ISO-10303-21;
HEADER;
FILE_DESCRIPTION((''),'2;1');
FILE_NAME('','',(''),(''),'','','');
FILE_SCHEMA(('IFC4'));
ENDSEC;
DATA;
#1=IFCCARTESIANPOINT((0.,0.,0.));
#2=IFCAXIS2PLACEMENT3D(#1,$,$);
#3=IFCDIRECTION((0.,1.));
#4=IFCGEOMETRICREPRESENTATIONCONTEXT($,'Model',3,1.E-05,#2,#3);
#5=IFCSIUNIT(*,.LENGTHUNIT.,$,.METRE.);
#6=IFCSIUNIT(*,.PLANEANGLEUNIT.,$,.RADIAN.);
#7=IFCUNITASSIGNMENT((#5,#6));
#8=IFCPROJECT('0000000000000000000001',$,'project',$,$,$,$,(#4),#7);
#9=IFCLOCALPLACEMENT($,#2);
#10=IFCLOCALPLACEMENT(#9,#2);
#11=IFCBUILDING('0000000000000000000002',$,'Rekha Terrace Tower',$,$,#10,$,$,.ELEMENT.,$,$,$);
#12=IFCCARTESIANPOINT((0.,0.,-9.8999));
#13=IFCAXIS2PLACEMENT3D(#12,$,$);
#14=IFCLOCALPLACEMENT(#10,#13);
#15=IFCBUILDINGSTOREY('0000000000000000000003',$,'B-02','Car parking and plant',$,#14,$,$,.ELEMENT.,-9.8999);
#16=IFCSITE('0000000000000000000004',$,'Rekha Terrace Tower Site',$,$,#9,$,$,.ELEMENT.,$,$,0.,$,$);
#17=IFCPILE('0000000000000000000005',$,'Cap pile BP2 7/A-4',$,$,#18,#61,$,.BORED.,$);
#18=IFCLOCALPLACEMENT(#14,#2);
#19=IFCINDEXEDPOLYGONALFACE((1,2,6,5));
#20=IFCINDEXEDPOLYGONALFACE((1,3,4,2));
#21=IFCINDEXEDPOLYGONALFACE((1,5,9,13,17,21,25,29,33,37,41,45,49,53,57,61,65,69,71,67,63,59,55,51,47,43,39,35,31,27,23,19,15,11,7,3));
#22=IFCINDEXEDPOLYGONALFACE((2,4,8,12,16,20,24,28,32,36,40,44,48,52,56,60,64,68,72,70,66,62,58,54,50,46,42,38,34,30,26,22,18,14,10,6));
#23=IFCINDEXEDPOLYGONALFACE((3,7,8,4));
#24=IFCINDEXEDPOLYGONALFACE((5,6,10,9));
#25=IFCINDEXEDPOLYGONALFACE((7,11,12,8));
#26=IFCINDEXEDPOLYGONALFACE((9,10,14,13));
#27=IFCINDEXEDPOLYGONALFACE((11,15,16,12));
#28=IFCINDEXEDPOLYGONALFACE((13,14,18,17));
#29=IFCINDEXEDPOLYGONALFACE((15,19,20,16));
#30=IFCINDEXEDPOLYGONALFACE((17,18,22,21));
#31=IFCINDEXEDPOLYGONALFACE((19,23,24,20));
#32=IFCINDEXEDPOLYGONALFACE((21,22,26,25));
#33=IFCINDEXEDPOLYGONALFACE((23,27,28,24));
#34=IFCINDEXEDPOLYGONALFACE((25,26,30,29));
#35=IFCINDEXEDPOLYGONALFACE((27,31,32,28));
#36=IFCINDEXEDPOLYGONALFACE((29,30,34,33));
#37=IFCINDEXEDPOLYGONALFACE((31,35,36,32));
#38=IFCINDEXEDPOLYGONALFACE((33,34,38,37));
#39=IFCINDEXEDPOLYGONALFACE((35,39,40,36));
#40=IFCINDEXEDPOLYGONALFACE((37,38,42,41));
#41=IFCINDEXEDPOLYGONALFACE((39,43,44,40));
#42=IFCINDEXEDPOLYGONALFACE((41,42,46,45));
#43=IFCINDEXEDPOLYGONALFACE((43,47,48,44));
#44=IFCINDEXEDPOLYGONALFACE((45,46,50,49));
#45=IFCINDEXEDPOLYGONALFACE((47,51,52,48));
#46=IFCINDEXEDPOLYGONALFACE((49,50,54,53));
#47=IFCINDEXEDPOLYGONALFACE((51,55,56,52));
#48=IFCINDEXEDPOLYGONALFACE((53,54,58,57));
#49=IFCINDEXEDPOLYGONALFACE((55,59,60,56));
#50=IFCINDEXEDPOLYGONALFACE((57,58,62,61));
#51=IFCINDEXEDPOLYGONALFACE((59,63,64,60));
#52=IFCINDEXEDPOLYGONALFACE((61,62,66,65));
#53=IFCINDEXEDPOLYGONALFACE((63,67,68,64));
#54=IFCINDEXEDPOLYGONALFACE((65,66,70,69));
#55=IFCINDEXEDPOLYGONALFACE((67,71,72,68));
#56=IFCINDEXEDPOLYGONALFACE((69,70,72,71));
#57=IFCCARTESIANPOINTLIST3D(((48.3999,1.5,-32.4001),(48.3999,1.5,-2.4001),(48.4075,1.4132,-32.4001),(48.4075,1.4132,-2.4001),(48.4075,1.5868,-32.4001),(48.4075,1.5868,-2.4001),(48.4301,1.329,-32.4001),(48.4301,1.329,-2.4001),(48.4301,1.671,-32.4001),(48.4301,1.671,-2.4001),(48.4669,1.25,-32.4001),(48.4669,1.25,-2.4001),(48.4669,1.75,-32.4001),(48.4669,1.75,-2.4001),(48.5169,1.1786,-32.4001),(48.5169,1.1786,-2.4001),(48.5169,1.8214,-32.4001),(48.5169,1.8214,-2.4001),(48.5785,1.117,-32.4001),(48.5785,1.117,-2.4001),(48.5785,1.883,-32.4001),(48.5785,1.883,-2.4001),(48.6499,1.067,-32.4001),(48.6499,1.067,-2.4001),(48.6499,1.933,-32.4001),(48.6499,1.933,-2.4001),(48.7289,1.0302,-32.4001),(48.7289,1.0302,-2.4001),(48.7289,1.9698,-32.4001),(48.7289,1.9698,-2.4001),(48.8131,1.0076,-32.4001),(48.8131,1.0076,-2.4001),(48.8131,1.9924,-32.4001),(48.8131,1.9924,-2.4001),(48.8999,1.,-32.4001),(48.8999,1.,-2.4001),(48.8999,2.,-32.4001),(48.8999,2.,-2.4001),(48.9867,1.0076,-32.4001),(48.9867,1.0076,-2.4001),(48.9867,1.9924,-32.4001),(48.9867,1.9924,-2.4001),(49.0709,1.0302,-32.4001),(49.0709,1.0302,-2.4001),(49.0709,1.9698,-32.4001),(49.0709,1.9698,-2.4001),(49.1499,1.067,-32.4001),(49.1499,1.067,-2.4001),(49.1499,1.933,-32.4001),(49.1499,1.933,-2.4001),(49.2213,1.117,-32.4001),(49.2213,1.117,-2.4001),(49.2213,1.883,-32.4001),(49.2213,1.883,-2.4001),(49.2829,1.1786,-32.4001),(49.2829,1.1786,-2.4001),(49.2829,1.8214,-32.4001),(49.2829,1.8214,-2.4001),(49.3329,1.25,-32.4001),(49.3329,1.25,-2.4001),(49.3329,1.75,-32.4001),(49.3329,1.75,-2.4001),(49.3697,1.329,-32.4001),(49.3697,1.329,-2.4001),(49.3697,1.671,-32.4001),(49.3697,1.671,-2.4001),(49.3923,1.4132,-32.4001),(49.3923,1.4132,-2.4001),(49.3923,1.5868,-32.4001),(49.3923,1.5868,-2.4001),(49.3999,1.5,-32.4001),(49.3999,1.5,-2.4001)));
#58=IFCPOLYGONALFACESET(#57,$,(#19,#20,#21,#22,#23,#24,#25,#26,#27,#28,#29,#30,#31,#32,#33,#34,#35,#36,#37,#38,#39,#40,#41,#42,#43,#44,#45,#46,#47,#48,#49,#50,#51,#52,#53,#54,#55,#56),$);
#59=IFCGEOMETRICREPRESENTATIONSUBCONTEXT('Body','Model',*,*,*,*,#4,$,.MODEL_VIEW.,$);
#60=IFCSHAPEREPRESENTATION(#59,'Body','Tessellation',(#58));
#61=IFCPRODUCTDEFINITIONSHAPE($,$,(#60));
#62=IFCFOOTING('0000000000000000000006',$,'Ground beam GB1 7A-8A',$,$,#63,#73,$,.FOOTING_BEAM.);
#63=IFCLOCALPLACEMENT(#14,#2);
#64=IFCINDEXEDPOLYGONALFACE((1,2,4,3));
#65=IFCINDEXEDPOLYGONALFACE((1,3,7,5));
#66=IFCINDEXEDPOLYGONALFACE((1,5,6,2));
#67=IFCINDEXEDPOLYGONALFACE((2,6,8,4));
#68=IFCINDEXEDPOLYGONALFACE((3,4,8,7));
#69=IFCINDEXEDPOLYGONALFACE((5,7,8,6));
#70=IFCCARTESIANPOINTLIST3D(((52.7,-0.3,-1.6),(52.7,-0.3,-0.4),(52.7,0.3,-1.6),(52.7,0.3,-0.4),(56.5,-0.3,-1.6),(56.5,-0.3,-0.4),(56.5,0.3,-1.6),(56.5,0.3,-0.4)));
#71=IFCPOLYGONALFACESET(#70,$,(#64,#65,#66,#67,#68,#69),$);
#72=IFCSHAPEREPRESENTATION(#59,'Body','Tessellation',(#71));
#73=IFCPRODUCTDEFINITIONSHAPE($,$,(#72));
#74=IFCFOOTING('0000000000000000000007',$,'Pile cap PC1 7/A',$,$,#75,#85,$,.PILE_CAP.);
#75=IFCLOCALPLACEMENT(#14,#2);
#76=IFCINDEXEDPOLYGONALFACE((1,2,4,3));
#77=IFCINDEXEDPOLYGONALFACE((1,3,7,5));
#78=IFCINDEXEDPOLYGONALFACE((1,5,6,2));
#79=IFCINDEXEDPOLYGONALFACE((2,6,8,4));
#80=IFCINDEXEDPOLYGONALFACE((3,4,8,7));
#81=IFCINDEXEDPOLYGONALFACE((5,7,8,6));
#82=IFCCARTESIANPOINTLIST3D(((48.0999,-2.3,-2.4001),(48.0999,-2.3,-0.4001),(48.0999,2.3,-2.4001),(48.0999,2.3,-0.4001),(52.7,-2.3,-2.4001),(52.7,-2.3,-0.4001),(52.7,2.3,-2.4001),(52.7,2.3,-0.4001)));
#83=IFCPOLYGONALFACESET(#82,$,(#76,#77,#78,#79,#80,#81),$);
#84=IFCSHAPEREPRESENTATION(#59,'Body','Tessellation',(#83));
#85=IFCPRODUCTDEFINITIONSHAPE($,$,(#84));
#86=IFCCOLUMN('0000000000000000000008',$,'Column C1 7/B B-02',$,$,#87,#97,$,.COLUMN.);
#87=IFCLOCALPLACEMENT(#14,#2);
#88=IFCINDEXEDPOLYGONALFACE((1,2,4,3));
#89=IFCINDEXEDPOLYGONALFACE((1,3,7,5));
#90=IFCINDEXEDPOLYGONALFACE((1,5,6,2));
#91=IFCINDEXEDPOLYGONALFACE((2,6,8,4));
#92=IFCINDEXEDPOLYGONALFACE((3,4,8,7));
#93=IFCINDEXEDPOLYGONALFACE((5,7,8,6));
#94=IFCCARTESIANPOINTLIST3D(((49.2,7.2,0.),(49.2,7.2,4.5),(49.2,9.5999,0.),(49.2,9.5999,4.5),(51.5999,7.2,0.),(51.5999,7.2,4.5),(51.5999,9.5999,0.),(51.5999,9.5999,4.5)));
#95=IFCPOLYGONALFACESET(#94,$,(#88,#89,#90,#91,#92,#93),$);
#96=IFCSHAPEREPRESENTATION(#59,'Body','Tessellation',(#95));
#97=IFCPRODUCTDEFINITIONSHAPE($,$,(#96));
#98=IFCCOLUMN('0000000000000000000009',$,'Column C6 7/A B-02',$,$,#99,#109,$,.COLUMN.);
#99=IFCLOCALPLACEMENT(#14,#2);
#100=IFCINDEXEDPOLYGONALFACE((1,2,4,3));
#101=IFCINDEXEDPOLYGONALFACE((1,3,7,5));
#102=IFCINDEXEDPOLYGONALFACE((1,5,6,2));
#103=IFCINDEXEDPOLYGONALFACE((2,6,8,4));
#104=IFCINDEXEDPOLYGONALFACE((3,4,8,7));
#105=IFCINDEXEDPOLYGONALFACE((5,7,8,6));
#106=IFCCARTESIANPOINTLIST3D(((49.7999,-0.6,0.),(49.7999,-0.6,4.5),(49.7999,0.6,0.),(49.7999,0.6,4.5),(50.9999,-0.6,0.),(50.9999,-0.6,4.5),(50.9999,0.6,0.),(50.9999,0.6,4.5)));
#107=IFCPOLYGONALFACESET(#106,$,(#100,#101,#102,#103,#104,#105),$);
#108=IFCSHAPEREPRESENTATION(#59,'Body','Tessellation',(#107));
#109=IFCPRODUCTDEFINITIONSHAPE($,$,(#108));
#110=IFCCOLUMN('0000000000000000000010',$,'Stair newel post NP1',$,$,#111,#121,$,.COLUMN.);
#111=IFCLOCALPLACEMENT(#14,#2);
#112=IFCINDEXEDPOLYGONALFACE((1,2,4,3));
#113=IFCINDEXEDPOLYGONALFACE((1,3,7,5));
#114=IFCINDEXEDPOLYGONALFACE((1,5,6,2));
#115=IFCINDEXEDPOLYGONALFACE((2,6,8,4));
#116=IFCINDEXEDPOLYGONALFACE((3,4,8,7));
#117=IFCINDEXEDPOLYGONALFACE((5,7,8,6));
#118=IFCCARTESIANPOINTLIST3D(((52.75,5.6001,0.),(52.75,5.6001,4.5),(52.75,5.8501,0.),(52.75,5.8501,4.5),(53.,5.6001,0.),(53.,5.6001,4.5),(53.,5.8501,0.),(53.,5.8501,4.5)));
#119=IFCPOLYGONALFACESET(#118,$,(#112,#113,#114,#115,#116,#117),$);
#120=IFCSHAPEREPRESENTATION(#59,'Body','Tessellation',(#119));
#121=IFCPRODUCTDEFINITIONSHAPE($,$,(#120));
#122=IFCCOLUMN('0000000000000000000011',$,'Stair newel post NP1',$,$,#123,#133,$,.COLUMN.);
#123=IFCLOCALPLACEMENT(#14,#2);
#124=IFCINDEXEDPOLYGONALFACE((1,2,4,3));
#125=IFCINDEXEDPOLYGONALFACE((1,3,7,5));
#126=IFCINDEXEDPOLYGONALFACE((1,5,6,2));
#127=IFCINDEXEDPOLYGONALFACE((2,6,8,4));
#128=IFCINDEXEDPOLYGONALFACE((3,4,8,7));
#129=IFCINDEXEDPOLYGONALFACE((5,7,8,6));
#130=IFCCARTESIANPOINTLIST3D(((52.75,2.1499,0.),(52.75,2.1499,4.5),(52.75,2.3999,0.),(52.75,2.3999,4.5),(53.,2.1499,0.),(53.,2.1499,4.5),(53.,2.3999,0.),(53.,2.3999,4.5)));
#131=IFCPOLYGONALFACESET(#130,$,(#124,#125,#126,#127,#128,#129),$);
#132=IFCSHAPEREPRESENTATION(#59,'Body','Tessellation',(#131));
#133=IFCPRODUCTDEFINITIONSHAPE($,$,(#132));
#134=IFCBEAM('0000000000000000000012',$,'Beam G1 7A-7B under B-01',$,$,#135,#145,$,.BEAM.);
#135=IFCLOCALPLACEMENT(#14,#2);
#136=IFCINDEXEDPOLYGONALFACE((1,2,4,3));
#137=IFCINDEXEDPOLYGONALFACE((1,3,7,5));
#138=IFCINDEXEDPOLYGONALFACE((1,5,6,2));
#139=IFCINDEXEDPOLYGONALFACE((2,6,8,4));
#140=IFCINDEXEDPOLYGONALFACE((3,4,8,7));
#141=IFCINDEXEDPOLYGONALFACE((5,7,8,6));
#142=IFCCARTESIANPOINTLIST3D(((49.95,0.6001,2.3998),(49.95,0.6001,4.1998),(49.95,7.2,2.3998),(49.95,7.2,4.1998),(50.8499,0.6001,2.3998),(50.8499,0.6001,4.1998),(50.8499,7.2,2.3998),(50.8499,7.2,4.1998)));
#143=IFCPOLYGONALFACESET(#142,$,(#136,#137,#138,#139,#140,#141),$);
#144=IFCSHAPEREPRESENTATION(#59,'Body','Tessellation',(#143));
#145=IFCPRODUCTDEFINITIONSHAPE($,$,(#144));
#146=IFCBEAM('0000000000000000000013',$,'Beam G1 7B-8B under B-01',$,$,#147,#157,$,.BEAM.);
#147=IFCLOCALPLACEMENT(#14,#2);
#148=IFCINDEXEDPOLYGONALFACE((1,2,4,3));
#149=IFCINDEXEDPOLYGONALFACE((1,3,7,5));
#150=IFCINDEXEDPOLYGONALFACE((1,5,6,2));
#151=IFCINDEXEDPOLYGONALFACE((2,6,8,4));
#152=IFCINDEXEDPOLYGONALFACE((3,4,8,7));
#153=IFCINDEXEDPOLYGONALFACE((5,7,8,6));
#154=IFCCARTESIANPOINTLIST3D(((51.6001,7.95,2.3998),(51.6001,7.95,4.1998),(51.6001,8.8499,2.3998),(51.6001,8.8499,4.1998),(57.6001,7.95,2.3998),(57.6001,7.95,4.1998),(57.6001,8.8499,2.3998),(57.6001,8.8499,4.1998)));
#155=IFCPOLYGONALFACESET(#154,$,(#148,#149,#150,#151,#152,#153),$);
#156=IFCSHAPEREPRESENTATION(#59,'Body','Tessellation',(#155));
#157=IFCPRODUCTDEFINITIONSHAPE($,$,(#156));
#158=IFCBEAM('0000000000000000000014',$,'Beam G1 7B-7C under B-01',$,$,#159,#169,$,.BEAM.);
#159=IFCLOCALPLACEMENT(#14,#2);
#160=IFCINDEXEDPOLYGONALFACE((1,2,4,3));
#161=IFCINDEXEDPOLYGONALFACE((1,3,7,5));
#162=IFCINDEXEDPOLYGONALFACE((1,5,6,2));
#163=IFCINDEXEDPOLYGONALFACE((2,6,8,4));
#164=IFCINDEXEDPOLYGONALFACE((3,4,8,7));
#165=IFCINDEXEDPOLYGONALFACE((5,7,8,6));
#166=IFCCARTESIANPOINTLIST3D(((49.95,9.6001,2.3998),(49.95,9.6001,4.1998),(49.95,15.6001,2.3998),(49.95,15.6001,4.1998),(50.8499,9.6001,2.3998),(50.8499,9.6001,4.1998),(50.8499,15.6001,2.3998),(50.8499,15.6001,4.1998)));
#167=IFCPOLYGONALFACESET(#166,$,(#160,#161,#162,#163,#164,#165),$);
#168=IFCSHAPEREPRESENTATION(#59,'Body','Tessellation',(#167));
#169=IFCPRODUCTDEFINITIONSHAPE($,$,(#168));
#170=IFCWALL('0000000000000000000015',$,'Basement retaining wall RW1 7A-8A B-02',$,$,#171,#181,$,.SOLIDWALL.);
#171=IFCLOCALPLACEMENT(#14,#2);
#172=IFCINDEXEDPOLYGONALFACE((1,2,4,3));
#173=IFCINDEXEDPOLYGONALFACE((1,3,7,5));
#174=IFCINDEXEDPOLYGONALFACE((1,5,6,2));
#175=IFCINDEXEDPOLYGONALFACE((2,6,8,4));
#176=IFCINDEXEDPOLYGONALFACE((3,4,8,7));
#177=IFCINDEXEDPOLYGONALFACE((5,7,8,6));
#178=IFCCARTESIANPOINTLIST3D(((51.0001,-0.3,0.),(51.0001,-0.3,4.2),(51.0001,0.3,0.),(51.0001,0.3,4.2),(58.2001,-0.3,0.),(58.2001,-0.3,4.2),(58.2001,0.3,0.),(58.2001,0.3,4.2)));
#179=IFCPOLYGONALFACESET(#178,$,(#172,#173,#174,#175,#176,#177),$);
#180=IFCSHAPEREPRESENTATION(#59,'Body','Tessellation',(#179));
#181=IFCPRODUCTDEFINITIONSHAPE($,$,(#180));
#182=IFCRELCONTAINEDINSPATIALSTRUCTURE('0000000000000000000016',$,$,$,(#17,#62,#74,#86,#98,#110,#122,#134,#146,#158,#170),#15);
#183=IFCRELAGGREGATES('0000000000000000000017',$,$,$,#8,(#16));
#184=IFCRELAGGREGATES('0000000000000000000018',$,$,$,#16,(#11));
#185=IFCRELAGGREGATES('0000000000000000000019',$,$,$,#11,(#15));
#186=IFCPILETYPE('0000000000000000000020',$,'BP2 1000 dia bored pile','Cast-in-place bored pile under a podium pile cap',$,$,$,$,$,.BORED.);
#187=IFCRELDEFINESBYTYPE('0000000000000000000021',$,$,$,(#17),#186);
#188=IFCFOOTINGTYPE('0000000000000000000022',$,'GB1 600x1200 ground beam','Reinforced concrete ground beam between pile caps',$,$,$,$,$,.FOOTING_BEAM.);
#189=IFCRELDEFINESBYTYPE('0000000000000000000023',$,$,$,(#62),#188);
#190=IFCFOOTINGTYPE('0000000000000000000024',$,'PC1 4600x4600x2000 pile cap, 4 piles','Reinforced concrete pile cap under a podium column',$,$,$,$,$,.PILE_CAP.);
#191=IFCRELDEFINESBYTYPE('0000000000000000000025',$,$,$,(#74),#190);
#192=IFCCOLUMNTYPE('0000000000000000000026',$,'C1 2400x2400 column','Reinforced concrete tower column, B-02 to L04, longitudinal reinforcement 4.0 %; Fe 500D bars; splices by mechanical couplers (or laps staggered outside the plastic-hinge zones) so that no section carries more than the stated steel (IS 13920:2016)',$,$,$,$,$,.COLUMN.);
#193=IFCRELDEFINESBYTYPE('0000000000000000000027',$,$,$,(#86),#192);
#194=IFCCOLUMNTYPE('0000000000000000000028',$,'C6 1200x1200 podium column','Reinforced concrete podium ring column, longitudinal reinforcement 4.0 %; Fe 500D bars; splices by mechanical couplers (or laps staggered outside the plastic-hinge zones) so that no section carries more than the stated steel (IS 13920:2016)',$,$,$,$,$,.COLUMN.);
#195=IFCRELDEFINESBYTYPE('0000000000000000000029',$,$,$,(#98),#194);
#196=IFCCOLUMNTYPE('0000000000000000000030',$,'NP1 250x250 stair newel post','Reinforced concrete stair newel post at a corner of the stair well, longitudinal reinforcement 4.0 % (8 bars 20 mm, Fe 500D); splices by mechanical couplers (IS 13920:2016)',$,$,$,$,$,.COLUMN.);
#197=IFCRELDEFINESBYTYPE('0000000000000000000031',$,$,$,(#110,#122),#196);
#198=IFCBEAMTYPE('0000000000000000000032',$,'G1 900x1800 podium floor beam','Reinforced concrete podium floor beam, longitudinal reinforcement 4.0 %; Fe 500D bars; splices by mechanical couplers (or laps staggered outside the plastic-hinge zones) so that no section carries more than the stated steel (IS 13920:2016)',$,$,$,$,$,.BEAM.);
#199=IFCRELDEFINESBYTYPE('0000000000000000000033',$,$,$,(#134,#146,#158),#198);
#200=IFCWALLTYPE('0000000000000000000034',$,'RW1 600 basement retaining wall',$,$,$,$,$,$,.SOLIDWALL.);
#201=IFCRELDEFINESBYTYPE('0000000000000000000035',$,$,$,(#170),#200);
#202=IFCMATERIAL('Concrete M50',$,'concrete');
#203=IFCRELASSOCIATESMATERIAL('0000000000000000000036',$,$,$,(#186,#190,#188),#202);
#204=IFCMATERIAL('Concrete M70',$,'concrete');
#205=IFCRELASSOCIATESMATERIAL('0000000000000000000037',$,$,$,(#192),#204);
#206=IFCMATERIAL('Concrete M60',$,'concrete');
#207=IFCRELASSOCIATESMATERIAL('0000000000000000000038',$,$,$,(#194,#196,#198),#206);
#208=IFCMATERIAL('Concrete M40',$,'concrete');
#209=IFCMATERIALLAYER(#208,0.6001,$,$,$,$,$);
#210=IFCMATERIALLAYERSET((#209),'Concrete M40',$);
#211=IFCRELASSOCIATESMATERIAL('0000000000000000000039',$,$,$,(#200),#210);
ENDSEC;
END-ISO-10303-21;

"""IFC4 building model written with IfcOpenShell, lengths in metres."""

from ifc_helpers import new_model, si_unit, direction, frame, frame_2d, origin, origin_2d, place, context, subcontext, project, spatial, rectangle, circle, extrude, material, layer, layer_set, material_profile, profile_set, type_object, element, save


model = new_model("IFC4")

# Units and contexts
model_context = context("Model", 3, precision=1e-05, world=origin(), true_north=direction((0.0, 1.0)))
body_context = subcontext(model_context, "Body", "Model", "MODEL_VIEW")
ifc_project = project(units=[si_unit("LENGTHUNIT", "METRE"), si_unit("PLANEANGLEUNIT", "RADIAN")], contexts=[model_context])

# Site, building, storey
site_placement = place(None, origin())
site = spatial("IfcSite", under=ifc_project, at=site_placement, Name="Rekha Terrace Tower Site", CompositionType="ELEMENT", RefElevation=0.0)
building_placement = place(site_placement, origin())
building = spatial("IfcBuilding", under=site, at=building_placement, Name="Rekha Terrace Tower", CompositionType="ELEMENT")
storey_placement = place(building_placement, frame((0.0, 0.0, -9.8999)))
storey = spatial("IfcBuildingStorey", under=building, at=storey_placement, Name="B-02", Description="Car parking and plant", CompositionType="ELEMENT", Elevation=-9.8999)

# Pile
ifc_material_1 = material(Name="Concrete M50", Category="concrete")
pile_type_1 = type_object("IfcPileType", Name="BP2 1000 dia bored pile", Description="Cast-in-place bored pile under a podium pile cap", PredefinedType="BORED", material=ifc_material_1)
for number, where, z_axis, x_axis, name in (
    (1, (48.8999, 1.5, -2.4001), (0.0, 0.0, -1.0), (1.0, 0.0, 0.0), "Cap pile BP2 7/A-4"),
):
    element("IfcPile", number, at=place(storey_placement, frame(where, z_axis=z_axis, x_axis=x_axis)), inside=storey, type_object=pile_type_1, Name=name, PredefinedType="BORED", context=body_context, shape_type="SweptSolid", body=[
        extrude(circle(Radius=0.5, at=origin_2d()), origin(), (0.0, 0.0, 1.0), 30.0),
    ])

# Footings
ifc_material_profile_1 = material_profile(ifc_material_1, rectangle(XDim=0.6001, YDim=1.2, at=origin_2d()), Name="RC 600x1200")
ifc_profile_set_1 = profile_set([ifc_material_profile_1], Name="Concrete M50")
footing_type_1 = type_object("IfcFootingType", Name="GB1 600x1200 ground beam", Description="Reinforced concrete ground beam between pile caps", PredefinedType="FOOTING_BEAM", material=ifc_profile_set_1)
footing_1_placement = place(storey_placement, frame((52.7, 0.0, -1.0), z_axis=(1.0, 0.0, 0.0), x_axis=(0.0, 1.0, 0.0)))
element("IfcFooting", 2, at=footing_1_placement, inside=storey, type_object=footing_type_1, Name="Ground beam GB1 7A-8A", PredefinedType="FOOTING_BEAM", context=body_context, shape_type="SweptSolid", body=[
    extrude(rectangle(XDim=0.6001, YDim=1.2, at=origin_2d()), origin(), (0.0, 0.0, 1.0), 3.8),
])
footing_type_2 = type_object("IfcFootingType", Name="PC1 4600x4600x2000 pile cap, 4 piles", Description="Reinforced concrete pile cap under a podium column", PredefinedType="PILE_CAP", material=ifc_material_1)
footing_2_placement = place(storey_placement, frame((50.3999, 0.0, -2.4001), z_axis=(0.0, 0.0, 1.0), x_axis=(1.0, 0.0, 0.0)))
element("IfcFooting", 3, at=footing_2_placement, inside=storey, type_object=footing_type_2, Name="Pile cap PC1 7/A", PredefinedType="PILE_CAP", context=body_context, shape_type="SweptSolid", body=[
    extrude(rectangle(XDim=4.6001, YDim=4.6001, at=origin_2d()), origin(), (0.0, 0.0, 1.0), 2.0),
])

# Columns
ifc_material_2 = material(Name="Concrete M70", Category="concrete")
ifc_material_profile_2 = material_profile(ifc_material_2, rectangle(XDim=2.3999, YDim=2.3999, at=origin_2d()), Name="RC 2400x2400")
ifc_profile_set_2 = profile_set([ifc_material_profile_2], Name="Concrete M70")
column_type_1 = type_object("IfcColumnType", Name="C1 2400x2400 column", Description="Reinforced concrete tower column, B-02 to L04, longitudinal reinforcement 4.0 %; Fe 500D bars; splices by mechanical couplers (or laps staggered outside the plastic-hinge zones) so that no section carries more than the stated steel (IS 13920:2016)", PredefinedType="COLUMN", material=ifc_profile_set_2)
column_1_placement = place(storey_placement, frame((50.3999, 8.3999, 0.0), z_axis=(0.0, 0.0, 1.0), x_axis=(1.0, 0.0, 0.0)))
element("IfcColumn", 4, at=column_1_placement, inside=storey, type_object=column_type_1, Name="Column C1 7/B B-02", PredefinedType="COLUMN", context=body_context, shape_type="SweptSolid", body=[
    extrude(rectangle(XDim=2.3999, YDim=2.3999, at=origin_2d()), origin(), (0.0, 0.0, 1.0), 4.5),
])
ifc_material_3 = material(Name="Concrete M60", Category="concrete")
ifc_material_profile_3 = material_profile(ifc_material_3, rectangle(XDim=1.2, YDim=1.2, at=origin_2d()), Name="RC 1200x1200")
ifc_profile_set_3 = profile_set([ifc_material_profile_3], Name="Concrete M60")
column_type_2 = type_object("IfcColumnType", Name="C6 1200x1200 podium column", Description="Reinforced concrete podium ring column, longitudinal reinforcement 4.0 %; Fe 500D bars; splices by mechanical couplers (or laps staggered outside the plastic-hinge zones) so that no section carries more than the stated steel (IS 13920:2016)", PredefinedType="COLUMN", material=ifc_profile_set_3)
column_2_placement = place(storey_placement, frame((50.3999, 0.0, 0.0), z_axis=(0.0, 0.0, 1.0), x_axis=(1.0, 0.0, 0.0)))
element("IfcColumn", 5, at=column_2_placement, inside=storey, type_object=column_type_2, Name="Column C6 7/A B-02", PredefinedType="COLUMN", context=body_context, shape_type="SweptSolid", body=[
    extrude(rectangle(XDim=1.2, YDim=1.2, at=origin_2d()), origin(), (0.0, 0.0, 1.0), 4.5),
])
ifc_material_profile_4 = material_profile(ifc_material_3, rectangle(XDim=0.25, YDim=0.25, at=origin_2d()), Name="RC 250x250")
ifc_profile_set_4 = profile_set([ifc_material_profile_4], Name="Concrete M60")
column_type_3 = type_object("IfcColumnType", Name="NP1 250x250 stair newel post", Description="Reinforced concrete stair newel post at a corner of the stair well, longitudinal reinforcement 4.0 % (8 bars 20 mm, Fe 500D); splices by mechanical couplers (IS 13920:2016)", PredefinedType="COLUMN", material=ifc_profile_set_4)
for number, where, z_axis, x_axis, name in (
    (6, (52.875, 5.7251, 0.0), (0.0, 0.0, 1.0), (1.0, 0.0, 0.0), "Stair newel post NP1"),
    (7, (52.875, 2.2749, 0.0), (0.0, 0.0, 1.0), (1.0, 0.0, 0.0), "Stair newel post NP1"),
):
    element("IfcColumn", number, at=place(storey_placement, frame(where, z_axis=z_axis, x_axis=x_axis)), inside=storey, type_object=column_type_3, Name=name, PredefinedType="COLUMN", context=body_context, shape_type="SweptSolid", body=[
        extrude(rectangle(XDim=0.25, YDim=0.25, at=origin_2d()), origin(), (0.0, 0.0, 1.0), 4.5),
    ])

# Beams
ifc_material_profile_5 = material_profile(ifc_material_3, rectangle(XDim=0.8999, YDim=1.8, at=origin_2d()), Name="RC 900x1800")
ifc_profile_set_5 = profile_set([ifc_material_profile_5], Name="Concrete M60")
beam_type = type_object("IfcBeamType", Name="G1 900x1800 podium floor beam", Description="Reinforced concrete podium floor beam, longitudinal reinforcement 4.0 %; Fe 500D bars; splices by mechanical couplers (or laps staggered outside the plastic-hinge zones) so that no section carries more than the stated steel (IS 13920:2016)", PredefinedType="BEAM", material=ifc_profile_set_5)
beam_placement = place(storey_placement, frame((50.3999, 0.6001, 3.2998), z_axis=(0.0, 1.0, 0.0), x_axis=(-1.0, 0.0, 0.0)))
element("IfcBeam", 8, at=beam_placement, inside=storey, type_object=beam_type, Name="Beam G1 7A-7B under B-01", PredefinedType="BEAM", context=body_context, shape_type="SweptSolid", body=[
    extrude(rectangle(XDim=0.8999, YDim=1.8, at=origin_2d()), origin(), (0.0, 0.0, 1.0), 6.5999),
])
for number, where, z_axis, x_axis, name in (
    (9, (51.6001, 8.3999, 3.2998), (1.0, 0.0, 0.0), (0.0, 1.0, 0.0), "Beam G1 7B-8B under B-01"),
    (10, (50.3999, 9.6001, 3.2998), (0.0, 1.0, 0.0), (-1.0, 0.0, 0.0), "Beam G1 7B-7C under B-01"),
):
    element("IfcBeam", number, at=place(storey_placement, frame(where, z_axis=z_axis, x_axis=x_axis)), inside=storey, type_object=beam_type, Name=name, PredefinedType="BEAM", context=body_context, shape_type="SweptSolid", body=[
        extrude(rectangle(XDim=0.8999, YDim=1.8, at=origin_2d()), origin(), (0.0, 0.0, 1.0), 6.0),
    ])

# Wall
ifc_material_4 = material(Name="Concrete M40", Category="concrete")
ifc_layer_1 = layer(ifc_material_4, 0.6001)
ifc_layer_set_1 = layer_set([ifc_layer_1], Name="Concrete M40")
wall_type_1 = type_object("IfcWallType", Name="RW1 600 basement retaining wall", PredefinedType="SOLIDWALL", material=ifc_layer_set_1)
wall_1_placement = place(storey_placement, frame((51.0, 0.0, 0.0), z_axis=(0.0, 0.0, 1.0), x_axis=(1.0, 0.0, 0.0)))
element("IfcWall", 11, at=wall_1_placement, inside=storey, type_object=wall_type_1, Name="Basement retaining wall RW1 7A-8A B-02", PredefinedType="SOLIDWALL", context=body_context, shape_type="SweptSolid", body=[
    extrude(rectangle(XDim=7.2, YDim=0.6001, at=frame_2d((3.6001, 0.0))), origin(), (0.0, 0.0, 1.0), 4.2),
])

save(model, "model.ifc")
